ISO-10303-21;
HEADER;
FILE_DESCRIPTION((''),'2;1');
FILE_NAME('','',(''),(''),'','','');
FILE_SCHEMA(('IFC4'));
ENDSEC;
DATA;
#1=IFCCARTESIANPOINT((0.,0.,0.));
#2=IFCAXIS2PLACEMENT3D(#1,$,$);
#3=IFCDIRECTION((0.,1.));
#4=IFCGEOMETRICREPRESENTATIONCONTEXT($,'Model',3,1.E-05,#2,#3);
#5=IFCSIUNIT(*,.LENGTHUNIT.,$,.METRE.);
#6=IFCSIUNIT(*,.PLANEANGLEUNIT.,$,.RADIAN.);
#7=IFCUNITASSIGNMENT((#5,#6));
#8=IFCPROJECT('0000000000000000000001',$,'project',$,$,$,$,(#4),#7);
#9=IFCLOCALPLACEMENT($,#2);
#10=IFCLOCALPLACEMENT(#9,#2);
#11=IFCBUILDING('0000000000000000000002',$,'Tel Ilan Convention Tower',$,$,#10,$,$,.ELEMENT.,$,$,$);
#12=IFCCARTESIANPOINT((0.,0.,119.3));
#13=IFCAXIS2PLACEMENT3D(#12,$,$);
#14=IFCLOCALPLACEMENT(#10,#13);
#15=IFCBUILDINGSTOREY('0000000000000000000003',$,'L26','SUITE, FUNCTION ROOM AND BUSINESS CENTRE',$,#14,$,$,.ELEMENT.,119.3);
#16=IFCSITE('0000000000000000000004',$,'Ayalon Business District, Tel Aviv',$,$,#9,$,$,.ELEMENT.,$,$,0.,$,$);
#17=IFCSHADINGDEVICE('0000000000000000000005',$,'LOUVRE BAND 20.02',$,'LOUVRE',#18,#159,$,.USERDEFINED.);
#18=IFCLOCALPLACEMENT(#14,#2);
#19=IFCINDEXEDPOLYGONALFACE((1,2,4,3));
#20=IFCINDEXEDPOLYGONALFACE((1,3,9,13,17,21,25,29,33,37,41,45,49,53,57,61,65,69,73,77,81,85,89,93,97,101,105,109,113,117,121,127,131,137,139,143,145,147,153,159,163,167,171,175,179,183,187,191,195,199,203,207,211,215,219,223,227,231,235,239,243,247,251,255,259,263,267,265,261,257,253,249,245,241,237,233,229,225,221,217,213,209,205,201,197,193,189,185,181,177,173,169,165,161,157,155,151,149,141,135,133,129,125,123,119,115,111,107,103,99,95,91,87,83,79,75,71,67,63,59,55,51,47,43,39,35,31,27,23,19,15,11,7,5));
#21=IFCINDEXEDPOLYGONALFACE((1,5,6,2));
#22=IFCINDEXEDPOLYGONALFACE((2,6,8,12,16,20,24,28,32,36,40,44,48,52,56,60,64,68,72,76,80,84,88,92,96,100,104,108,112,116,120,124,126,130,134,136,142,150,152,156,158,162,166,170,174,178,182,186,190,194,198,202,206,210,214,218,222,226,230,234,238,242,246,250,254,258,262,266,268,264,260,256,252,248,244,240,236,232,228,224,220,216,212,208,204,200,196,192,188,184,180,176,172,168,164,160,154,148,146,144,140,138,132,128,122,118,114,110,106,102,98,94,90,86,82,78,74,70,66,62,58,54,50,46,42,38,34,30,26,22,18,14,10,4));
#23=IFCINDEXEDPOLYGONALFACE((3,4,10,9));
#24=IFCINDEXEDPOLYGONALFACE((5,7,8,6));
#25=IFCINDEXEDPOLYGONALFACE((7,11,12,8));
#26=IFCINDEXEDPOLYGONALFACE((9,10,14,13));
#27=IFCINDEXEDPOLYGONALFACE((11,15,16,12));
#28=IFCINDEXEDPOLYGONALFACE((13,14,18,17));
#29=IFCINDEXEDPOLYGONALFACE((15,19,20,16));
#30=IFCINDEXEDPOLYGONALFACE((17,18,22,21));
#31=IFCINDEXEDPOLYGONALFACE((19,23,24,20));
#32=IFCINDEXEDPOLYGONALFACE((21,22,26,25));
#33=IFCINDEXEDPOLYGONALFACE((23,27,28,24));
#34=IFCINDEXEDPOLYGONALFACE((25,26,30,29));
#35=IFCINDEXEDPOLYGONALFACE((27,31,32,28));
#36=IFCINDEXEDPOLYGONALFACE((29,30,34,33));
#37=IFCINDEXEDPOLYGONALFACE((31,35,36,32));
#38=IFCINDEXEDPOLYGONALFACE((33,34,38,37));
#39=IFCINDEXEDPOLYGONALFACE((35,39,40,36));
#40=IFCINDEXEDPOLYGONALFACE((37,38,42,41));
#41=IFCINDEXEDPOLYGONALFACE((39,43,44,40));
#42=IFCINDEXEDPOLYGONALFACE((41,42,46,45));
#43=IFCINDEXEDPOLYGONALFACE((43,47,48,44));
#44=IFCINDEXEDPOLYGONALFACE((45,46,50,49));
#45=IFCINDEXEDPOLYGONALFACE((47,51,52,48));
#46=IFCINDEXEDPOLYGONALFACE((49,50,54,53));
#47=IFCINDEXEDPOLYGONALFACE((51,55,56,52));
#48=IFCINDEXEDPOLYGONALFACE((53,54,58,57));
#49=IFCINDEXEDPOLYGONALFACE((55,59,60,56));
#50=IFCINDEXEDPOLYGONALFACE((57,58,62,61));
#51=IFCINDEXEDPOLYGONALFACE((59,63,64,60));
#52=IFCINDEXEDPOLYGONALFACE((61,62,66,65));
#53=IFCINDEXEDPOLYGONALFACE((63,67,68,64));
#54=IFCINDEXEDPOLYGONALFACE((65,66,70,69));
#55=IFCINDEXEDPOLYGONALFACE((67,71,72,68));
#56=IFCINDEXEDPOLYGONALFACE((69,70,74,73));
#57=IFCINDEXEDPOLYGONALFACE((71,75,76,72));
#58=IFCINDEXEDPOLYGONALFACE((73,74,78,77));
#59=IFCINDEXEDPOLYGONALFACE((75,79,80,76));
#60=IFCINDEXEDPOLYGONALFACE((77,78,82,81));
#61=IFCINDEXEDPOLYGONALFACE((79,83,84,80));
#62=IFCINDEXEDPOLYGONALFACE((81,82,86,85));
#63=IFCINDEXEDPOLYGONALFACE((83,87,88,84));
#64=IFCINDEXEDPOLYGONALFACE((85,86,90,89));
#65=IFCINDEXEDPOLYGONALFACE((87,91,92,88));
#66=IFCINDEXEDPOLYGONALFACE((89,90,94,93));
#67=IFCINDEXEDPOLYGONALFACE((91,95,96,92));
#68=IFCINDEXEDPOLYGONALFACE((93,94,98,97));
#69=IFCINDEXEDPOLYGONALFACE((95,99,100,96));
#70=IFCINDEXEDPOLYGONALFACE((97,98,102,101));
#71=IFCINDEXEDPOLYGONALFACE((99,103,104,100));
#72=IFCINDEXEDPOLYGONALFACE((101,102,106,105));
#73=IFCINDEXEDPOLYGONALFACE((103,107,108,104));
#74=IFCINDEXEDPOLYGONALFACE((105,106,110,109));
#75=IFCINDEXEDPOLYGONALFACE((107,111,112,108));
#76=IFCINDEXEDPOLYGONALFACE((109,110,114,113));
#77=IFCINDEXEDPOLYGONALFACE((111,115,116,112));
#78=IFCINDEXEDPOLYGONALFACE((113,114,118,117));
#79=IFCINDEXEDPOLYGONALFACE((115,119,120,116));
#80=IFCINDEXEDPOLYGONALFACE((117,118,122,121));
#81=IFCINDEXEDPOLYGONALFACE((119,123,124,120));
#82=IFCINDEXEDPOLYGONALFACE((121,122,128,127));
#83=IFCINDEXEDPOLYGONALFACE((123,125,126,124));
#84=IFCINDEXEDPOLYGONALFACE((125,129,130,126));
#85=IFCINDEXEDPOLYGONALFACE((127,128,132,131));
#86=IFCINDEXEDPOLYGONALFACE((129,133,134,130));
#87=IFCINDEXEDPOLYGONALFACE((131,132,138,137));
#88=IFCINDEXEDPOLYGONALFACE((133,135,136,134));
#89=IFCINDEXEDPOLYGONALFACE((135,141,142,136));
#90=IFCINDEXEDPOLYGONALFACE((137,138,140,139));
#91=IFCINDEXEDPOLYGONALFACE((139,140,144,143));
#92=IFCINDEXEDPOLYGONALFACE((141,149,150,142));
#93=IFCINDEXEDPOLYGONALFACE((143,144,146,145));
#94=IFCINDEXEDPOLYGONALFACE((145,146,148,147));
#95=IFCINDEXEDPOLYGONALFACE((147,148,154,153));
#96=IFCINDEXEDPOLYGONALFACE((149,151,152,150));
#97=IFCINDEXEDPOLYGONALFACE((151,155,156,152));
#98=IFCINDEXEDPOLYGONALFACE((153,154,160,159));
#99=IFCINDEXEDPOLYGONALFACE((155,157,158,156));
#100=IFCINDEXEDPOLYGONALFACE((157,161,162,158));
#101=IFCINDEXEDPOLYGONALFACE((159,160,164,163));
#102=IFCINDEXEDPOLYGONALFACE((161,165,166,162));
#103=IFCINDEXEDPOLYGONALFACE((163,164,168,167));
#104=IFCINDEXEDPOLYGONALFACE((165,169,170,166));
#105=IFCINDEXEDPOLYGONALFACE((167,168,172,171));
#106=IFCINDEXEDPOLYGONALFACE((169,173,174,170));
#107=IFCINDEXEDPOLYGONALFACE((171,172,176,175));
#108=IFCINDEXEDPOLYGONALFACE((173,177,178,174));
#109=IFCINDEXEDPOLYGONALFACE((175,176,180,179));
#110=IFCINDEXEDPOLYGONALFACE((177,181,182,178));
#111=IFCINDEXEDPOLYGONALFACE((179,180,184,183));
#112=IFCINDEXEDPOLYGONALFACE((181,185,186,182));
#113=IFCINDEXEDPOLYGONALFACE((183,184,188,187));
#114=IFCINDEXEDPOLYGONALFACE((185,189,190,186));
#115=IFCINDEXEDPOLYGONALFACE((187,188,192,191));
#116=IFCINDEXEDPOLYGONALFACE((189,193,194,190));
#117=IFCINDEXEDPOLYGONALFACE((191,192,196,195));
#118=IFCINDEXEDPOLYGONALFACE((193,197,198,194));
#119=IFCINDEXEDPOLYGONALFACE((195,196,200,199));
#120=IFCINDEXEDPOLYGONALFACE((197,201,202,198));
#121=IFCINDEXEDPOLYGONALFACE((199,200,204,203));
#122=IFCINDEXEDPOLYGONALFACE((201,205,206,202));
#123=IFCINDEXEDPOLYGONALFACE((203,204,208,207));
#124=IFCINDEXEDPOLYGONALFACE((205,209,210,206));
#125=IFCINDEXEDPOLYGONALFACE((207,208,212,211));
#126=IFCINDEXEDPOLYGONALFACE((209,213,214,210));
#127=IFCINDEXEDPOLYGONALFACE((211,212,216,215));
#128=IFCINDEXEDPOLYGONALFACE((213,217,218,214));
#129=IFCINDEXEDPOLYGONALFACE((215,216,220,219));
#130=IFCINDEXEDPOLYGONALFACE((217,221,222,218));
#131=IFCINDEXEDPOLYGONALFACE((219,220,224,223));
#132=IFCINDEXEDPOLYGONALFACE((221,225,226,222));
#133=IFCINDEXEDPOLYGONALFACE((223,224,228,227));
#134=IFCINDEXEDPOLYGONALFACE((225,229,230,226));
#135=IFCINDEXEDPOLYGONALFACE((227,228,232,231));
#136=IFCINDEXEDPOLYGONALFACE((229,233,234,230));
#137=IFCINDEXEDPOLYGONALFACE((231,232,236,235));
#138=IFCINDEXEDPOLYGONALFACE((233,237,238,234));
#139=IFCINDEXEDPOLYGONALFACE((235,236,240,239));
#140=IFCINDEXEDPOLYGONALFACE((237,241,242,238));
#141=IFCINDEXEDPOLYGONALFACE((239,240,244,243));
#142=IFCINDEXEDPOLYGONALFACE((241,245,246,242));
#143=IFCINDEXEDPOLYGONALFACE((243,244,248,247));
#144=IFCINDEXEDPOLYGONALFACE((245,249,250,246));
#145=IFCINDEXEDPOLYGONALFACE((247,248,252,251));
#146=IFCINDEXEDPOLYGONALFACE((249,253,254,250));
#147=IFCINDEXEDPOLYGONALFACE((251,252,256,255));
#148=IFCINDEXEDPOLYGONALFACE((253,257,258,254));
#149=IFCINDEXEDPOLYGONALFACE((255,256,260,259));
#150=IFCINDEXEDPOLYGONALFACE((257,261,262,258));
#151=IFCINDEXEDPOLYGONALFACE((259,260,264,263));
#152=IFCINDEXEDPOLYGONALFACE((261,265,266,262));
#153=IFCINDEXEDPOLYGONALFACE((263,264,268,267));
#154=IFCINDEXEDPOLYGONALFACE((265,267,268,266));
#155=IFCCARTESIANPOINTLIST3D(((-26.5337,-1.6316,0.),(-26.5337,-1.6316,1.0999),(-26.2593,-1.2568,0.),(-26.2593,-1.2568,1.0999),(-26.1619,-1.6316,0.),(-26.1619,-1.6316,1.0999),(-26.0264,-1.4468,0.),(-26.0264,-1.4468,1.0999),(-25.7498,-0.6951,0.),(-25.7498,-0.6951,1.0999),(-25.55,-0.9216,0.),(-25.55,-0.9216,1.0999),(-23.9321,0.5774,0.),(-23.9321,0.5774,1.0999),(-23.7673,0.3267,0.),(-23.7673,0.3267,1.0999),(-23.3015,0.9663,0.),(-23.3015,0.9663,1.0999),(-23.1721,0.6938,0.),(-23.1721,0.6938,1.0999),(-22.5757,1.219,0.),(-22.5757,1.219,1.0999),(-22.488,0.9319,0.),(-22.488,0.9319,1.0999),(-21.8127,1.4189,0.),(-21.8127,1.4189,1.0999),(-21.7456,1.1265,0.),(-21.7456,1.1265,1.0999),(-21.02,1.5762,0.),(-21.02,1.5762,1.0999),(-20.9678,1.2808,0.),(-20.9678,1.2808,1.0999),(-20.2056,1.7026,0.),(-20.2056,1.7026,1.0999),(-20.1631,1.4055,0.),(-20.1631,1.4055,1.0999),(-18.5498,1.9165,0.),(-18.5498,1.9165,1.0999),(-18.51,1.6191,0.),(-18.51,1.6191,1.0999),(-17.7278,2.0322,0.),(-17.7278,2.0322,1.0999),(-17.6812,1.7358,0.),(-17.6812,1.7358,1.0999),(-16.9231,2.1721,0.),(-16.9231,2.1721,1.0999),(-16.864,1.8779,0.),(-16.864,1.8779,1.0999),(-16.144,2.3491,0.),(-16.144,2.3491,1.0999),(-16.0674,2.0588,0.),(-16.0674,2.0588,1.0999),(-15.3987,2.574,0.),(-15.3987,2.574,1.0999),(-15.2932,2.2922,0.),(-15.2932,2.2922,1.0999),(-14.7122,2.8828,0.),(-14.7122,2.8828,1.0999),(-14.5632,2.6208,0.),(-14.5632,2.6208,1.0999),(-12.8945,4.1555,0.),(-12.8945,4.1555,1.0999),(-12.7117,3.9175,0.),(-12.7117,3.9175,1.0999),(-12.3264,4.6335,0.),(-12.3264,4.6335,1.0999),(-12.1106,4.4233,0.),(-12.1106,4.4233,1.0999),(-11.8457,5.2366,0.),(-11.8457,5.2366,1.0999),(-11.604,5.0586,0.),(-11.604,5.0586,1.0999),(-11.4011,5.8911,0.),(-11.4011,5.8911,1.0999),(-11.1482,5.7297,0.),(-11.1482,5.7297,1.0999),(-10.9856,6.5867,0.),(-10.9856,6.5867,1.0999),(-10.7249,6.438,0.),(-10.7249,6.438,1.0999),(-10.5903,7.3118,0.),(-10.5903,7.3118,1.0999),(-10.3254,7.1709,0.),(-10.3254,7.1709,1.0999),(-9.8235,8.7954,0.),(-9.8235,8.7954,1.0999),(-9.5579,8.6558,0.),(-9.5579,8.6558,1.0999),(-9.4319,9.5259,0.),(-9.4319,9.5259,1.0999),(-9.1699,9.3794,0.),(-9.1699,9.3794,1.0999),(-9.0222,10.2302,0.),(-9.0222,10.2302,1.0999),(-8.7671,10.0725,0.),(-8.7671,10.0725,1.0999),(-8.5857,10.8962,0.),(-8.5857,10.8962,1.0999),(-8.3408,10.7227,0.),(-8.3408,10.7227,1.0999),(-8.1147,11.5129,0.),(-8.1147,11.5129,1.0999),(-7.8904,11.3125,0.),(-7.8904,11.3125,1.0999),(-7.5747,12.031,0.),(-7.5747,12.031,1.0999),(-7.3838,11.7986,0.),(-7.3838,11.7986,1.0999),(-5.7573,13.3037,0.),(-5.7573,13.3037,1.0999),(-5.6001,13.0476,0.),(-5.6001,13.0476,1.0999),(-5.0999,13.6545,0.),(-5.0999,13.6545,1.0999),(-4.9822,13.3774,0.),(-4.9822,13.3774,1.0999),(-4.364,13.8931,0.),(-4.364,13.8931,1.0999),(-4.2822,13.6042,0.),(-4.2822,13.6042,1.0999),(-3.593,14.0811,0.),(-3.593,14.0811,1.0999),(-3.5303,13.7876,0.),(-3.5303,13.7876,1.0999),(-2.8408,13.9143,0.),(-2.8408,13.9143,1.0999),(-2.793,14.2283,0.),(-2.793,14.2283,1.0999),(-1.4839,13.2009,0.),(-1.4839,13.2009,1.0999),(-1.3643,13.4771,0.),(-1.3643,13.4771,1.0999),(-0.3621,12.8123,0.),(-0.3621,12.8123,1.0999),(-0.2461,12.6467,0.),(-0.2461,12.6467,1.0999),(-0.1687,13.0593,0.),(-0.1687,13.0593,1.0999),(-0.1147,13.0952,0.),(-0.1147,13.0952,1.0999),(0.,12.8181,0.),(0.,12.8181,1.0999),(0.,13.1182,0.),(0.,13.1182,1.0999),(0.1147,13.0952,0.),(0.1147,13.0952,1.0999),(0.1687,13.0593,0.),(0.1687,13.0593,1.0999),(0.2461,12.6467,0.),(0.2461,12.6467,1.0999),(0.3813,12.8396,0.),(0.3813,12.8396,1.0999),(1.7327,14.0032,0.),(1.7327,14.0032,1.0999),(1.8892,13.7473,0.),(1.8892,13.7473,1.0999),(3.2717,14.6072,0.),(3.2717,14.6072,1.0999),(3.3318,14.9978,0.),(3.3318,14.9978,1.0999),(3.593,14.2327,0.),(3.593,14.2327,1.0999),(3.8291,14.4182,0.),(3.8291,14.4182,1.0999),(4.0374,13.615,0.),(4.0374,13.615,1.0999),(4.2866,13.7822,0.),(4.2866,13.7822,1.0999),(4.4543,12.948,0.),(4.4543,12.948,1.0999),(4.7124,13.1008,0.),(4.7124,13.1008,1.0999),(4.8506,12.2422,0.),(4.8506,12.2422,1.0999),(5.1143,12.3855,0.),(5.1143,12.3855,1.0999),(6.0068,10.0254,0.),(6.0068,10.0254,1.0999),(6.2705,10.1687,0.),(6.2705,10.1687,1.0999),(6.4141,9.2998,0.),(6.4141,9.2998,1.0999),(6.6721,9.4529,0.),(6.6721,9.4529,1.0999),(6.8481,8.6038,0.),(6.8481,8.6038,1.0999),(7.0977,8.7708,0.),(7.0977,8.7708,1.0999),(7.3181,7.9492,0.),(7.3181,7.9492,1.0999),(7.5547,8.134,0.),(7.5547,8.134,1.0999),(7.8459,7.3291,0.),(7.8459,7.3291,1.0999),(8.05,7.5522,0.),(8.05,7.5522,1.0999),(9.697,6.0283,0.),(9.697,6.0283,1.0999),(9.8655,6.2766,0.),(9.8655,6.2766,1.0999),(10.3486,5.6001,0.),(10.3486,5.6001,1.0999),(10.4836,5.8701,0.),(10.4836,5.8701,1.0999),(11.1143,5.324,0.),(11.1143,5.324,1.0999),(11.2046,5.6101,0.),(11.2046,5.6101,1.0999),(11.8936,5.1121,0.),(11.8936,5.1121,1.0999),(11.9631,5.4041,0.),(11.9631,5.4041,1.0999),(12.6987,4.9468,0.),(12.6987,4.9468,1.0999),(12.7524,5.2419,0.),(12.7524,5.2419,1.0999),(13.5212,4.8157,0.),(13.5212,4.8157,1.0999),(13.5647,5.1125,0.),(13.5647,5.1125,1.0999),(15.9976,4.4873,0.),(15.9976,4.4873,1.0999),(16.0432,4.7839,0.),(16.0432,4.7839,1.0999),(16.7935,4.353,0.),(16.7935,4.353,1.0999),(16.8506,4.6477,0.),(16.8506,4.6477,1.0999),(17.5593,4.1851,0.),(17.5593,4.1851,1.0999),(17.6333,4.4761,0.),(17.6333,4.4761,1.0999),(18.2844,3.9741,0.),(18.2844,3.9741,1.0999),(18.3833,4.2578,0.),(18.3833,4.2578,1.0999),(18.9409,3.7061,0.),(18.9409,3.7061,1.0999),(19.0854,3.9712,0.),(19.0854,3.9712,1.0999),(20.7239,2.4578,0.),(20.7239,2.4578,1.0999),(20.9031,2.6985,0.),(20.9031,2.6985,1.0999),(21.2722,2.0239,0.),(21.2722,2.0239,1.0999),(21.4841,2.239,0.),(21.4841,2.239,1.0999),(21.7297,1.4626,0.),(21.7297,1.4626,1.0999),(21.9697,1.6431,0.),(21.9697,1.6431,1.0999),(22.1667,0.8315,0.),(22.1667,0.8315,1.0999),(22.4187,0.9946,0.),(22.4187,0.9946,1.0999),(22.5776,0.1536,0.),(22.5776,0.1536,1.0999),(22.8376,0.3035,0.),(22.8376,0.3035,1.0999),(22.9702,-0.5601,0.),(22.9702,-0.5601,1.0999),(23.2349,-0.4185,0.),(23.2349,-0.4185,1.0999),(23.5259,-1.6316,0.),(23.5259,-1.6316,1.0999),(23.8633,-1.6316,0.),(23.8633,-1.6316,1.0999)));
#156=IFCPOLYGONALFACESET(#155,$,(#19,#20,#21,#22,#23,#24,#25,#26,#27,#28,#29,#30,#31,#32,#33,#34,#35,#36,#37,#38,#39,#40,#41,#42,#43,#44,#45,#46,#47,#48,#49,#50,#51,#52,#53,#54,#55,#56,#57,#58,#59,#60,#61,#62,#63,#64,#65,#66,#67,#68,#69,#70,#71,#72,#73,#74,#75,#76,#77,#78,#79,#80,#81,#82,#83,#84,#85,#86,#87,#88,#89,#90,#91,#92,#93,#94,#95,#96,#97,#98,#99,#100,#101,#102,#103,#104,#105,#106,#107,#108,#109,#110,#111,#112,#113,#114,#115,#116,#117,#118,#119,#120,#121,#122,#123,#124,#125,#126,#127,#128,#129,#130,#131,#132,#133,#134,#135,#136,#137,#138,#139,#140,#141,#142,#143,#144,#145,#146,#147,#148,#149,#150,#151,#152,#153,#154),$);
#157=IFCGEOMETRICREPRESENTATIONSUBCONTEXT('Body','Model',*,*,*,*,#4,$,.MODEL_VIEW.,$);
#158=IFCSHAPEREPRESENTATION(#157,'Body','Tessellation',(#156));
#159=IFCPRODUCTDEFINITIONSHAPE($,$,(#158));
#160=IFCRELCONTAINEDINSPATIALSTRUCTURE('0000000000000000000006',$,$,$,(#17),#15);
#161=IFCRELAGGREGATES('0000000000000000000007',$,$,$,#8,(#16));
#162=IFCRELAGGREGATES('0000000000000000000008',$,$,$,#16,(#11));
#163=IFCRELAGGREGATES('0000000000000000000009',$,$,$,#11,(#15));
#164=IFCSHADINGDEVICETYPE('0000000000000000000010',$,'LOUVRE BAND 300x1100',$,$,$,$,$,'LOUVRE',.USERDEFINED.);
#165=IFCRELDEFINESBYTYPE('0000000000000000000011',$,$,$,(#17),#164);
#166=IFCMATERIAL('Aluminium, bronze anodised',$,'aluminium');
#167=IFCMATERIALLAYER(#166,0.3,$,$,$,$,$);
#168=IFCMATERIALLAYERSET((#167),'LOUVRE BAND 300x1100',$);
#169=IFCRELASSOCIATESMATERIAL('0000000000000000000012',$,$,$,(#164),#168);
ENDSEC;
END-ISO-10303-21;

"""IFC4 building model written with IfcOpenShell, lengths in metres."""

from ifc_helpers import new_model, si_unit, direction, frame, origin, place, context, subcontext, project, spatial, polyline, outline, extrude, material, layer, layer_set, type_object, element, save


model = new_model("IFC4")

# Units and contexts
model_context = context("Model", 3, precision=1e-05, world=origin(), true_north=direction((0.0, 1.0)))
body_context = subcontext(model_context, "Body", "Model", "MODEL_VIEW")
ifc_project = project(units=[si_unit("LENGTHUNIT", "METRE"), si_unit("PLANEANGLEUNIT", "RADIAN")], contexts=[model_context])

# Site, building, storey
site_placement = place(None, origin())
site = spatial("IfcSite", under=ifc_project, at=site_placement, Name="Ayalon Business District, Tel Aviv", CompositionType="ELEMENT", RefElevation=0.0)
building_placement = place(site_placement, origin())
building = spatial("IfcBuilding", under=site, at=building_placement, Name="Tel Ilan Convention Tower", CompositionType="ELEMENT")
storey_placement = place(building_placement, frame((0.0, 0.0, 119.3)))
storey = spatial("IfcBuildingStorey", under=building, at=storey_placement, Name="L26", Description="SUITE, FUNCTION ROOM AND BUSINESS CENTRE", CompositionType="ELEMENT", Elevation=119.3)

# Shading device
ifc_material_1 = material(Name="Aluminium, bronze anodised", Category="aluminium")
ifc_layer_1 = layer(ifc_material_1, 0.3)
ifc_layer_set_1 = layer_set([ifc_layer_1], Name="LOUVRE BAND 300x1100")
shading_device_type_1 = type_object("IfcShadingDeviceType", Name="LOUVRE BAND 300x1100", ElementType="LOUVRE", PredefinedType="USERDEFINED", material=ifc_layer_set_1)
shading_device_1_placement = place(storey_placement, origin())
element("IfcShadingDevice", 1, at=shading_device_1_placement, inside=storey, type_object=shading_device_type_1, Name="LOUVRE BAND 20.02", ObjectType="LOUVRE", PredefinedType="USERDEFINED", context=body_context, shape_type="SweptSolid", body=[
    extrude(outline(polyline([(-26.2593, -1.2568), (-26.5337, -1.6316), (-26.1619, -1.6316), (-26.0264, -1.4468), (-25.55, -0.9216), (-23.7673, 0.3267), (-23.1721, 0.6938), (-22.488, 0.9319), (-21.7456, 1.1265), (-20.9678, 1.2808), (-20.1631, 1.4055), (-18.51, 1.6191), (-17.6812, 1.7358), (-16.864, 1.8779), (-16.0674, 2.0588), (-15.2932, 2.2922), (-14.5632, 2.6208), (-12.7117, 3.9175), (-12.1106, 4.4233), (-11.604, 5.0586), (-11.1482, 5.7297), (-10.7249, 6.438), (-10.3254, 7.1709), (-9.5579, 8.6558), (-9.1699, 9.3794), (-8.7671, 10.0725), (-8.3408, 10.7227), (-7.8904, 11.3125), (-7.3838, 11.7986), (-5.6001, 13.0476), (-4.9822, 13.3774), (-4.2822, 13.6042), (-3.5303, 13.7876), (-2.8408, 13.9143), (-1.4839, 13.2009), (-0.3621, 12.8123), (-0.2461, 12.6467), (0.0, 12.8181), (0.2461, 12.6467), (0.3813, 12.8396), (1.8892, 13.7473), (3.2717, 14.6072), (3.593, 14.2327), (4.0374, 13.615), (4.4543, 12.948), (4.8506, 12.2422), (6.0068, 10.0254), (6.4141, 9.2998), (6.8481, 8.6038), (7.3181, 7.9492), (7.8459, 7.3291), (9.697, 6.0283), (10.3486, 5.6001), (11.1143, 5.324), (11.8936, 5.1121), (12.6987, 4.9468), (13.5212, 4.8157), (15.9976, 4.4873), (16.7935, 4.353), (17.5593, 4.1851), (18.2844, 3.9741), (18.9409, 3.7061), (20.7239, 2.4578), (21.2722, 2.0239), (21.7297, 1.4626), (22.1667, 0.8315), (22.5776, 0.1536), (22.9702, -0.5601), (23.5259, -1.6316), (23.8633, -1.6316), (23.2349, -0.4185), (22.8376, 0.3035), (22.4187, 0.9946), (21.9697, 1.6431), (21.4841, 2.239), (20.9031, 2.6985), (19.0854, 3.9712), (18.3833, 4.2578), (17.6333, 4.4761), (16.8506, 4.6477), (16.0432, 4.7839), (13.5647, 5.1125), (12.7524, 5.2419), (11.9631, 5.4041), (11.2046, 5.6101), (10.4836, 5.8701), (9.8655, 6.2766), (8.05, 7.5522), (7.5547, 8.134), (7.0977, 8.7708), (6.6721, 9.4529), (6.2705, 10.1687), (5.1143, 12.3855), (4.7124, 13.1008), (4.2866, 13.7822), (3.8291, 14.4182), (3.3318, 14.9978), (1.7327, 14.0032), (0.1687, 13.0593), (0.1147, 13.0952), (0.0, 13.1182), (-0.1147, 13.0952), (-0.1687, 13.0593), (-1.3643, 13.4771), (-2.793, 14.2283), (-3.593, 14.0811), (-4.364, 13.8931), (-5.0999, 13.6545), (-5.7573, 13.3037), (-7.5747, 12.031), (-8.1147, 11.5129), (-8.5857, 10.8962), (-9.0222, 10.2302), (-9.4319, 9.5259), (-9.8235, 8.7954), (-10.5903, 7.3118), (-10.9856, 6.5867), (-11.4011, 5.8911), (-11.8457, 5.2366), (-12.3264, 4.6335), (-12.8945, 4.1555), (-14.7122, 2.8828), (-15.3987, 2.574), (-16.144, 2.3491), (-16.9231, 2.1721), (-17.7278, 2.0322), (-18.5498, 1.9165), (-20.2056, 1.7026), (-21.02, 1.5762), (-21.8127, 1.4189), (-22.5757, 1.219), (-23.3015, 0.9663), (-23.9321, 0.5774), (-25.7498, -0.6951), (-26.2593, -1.2568)])), origin(), (0.0, 0.0, 1.0), 1.0999),
])

save(model, "model.ifc")
